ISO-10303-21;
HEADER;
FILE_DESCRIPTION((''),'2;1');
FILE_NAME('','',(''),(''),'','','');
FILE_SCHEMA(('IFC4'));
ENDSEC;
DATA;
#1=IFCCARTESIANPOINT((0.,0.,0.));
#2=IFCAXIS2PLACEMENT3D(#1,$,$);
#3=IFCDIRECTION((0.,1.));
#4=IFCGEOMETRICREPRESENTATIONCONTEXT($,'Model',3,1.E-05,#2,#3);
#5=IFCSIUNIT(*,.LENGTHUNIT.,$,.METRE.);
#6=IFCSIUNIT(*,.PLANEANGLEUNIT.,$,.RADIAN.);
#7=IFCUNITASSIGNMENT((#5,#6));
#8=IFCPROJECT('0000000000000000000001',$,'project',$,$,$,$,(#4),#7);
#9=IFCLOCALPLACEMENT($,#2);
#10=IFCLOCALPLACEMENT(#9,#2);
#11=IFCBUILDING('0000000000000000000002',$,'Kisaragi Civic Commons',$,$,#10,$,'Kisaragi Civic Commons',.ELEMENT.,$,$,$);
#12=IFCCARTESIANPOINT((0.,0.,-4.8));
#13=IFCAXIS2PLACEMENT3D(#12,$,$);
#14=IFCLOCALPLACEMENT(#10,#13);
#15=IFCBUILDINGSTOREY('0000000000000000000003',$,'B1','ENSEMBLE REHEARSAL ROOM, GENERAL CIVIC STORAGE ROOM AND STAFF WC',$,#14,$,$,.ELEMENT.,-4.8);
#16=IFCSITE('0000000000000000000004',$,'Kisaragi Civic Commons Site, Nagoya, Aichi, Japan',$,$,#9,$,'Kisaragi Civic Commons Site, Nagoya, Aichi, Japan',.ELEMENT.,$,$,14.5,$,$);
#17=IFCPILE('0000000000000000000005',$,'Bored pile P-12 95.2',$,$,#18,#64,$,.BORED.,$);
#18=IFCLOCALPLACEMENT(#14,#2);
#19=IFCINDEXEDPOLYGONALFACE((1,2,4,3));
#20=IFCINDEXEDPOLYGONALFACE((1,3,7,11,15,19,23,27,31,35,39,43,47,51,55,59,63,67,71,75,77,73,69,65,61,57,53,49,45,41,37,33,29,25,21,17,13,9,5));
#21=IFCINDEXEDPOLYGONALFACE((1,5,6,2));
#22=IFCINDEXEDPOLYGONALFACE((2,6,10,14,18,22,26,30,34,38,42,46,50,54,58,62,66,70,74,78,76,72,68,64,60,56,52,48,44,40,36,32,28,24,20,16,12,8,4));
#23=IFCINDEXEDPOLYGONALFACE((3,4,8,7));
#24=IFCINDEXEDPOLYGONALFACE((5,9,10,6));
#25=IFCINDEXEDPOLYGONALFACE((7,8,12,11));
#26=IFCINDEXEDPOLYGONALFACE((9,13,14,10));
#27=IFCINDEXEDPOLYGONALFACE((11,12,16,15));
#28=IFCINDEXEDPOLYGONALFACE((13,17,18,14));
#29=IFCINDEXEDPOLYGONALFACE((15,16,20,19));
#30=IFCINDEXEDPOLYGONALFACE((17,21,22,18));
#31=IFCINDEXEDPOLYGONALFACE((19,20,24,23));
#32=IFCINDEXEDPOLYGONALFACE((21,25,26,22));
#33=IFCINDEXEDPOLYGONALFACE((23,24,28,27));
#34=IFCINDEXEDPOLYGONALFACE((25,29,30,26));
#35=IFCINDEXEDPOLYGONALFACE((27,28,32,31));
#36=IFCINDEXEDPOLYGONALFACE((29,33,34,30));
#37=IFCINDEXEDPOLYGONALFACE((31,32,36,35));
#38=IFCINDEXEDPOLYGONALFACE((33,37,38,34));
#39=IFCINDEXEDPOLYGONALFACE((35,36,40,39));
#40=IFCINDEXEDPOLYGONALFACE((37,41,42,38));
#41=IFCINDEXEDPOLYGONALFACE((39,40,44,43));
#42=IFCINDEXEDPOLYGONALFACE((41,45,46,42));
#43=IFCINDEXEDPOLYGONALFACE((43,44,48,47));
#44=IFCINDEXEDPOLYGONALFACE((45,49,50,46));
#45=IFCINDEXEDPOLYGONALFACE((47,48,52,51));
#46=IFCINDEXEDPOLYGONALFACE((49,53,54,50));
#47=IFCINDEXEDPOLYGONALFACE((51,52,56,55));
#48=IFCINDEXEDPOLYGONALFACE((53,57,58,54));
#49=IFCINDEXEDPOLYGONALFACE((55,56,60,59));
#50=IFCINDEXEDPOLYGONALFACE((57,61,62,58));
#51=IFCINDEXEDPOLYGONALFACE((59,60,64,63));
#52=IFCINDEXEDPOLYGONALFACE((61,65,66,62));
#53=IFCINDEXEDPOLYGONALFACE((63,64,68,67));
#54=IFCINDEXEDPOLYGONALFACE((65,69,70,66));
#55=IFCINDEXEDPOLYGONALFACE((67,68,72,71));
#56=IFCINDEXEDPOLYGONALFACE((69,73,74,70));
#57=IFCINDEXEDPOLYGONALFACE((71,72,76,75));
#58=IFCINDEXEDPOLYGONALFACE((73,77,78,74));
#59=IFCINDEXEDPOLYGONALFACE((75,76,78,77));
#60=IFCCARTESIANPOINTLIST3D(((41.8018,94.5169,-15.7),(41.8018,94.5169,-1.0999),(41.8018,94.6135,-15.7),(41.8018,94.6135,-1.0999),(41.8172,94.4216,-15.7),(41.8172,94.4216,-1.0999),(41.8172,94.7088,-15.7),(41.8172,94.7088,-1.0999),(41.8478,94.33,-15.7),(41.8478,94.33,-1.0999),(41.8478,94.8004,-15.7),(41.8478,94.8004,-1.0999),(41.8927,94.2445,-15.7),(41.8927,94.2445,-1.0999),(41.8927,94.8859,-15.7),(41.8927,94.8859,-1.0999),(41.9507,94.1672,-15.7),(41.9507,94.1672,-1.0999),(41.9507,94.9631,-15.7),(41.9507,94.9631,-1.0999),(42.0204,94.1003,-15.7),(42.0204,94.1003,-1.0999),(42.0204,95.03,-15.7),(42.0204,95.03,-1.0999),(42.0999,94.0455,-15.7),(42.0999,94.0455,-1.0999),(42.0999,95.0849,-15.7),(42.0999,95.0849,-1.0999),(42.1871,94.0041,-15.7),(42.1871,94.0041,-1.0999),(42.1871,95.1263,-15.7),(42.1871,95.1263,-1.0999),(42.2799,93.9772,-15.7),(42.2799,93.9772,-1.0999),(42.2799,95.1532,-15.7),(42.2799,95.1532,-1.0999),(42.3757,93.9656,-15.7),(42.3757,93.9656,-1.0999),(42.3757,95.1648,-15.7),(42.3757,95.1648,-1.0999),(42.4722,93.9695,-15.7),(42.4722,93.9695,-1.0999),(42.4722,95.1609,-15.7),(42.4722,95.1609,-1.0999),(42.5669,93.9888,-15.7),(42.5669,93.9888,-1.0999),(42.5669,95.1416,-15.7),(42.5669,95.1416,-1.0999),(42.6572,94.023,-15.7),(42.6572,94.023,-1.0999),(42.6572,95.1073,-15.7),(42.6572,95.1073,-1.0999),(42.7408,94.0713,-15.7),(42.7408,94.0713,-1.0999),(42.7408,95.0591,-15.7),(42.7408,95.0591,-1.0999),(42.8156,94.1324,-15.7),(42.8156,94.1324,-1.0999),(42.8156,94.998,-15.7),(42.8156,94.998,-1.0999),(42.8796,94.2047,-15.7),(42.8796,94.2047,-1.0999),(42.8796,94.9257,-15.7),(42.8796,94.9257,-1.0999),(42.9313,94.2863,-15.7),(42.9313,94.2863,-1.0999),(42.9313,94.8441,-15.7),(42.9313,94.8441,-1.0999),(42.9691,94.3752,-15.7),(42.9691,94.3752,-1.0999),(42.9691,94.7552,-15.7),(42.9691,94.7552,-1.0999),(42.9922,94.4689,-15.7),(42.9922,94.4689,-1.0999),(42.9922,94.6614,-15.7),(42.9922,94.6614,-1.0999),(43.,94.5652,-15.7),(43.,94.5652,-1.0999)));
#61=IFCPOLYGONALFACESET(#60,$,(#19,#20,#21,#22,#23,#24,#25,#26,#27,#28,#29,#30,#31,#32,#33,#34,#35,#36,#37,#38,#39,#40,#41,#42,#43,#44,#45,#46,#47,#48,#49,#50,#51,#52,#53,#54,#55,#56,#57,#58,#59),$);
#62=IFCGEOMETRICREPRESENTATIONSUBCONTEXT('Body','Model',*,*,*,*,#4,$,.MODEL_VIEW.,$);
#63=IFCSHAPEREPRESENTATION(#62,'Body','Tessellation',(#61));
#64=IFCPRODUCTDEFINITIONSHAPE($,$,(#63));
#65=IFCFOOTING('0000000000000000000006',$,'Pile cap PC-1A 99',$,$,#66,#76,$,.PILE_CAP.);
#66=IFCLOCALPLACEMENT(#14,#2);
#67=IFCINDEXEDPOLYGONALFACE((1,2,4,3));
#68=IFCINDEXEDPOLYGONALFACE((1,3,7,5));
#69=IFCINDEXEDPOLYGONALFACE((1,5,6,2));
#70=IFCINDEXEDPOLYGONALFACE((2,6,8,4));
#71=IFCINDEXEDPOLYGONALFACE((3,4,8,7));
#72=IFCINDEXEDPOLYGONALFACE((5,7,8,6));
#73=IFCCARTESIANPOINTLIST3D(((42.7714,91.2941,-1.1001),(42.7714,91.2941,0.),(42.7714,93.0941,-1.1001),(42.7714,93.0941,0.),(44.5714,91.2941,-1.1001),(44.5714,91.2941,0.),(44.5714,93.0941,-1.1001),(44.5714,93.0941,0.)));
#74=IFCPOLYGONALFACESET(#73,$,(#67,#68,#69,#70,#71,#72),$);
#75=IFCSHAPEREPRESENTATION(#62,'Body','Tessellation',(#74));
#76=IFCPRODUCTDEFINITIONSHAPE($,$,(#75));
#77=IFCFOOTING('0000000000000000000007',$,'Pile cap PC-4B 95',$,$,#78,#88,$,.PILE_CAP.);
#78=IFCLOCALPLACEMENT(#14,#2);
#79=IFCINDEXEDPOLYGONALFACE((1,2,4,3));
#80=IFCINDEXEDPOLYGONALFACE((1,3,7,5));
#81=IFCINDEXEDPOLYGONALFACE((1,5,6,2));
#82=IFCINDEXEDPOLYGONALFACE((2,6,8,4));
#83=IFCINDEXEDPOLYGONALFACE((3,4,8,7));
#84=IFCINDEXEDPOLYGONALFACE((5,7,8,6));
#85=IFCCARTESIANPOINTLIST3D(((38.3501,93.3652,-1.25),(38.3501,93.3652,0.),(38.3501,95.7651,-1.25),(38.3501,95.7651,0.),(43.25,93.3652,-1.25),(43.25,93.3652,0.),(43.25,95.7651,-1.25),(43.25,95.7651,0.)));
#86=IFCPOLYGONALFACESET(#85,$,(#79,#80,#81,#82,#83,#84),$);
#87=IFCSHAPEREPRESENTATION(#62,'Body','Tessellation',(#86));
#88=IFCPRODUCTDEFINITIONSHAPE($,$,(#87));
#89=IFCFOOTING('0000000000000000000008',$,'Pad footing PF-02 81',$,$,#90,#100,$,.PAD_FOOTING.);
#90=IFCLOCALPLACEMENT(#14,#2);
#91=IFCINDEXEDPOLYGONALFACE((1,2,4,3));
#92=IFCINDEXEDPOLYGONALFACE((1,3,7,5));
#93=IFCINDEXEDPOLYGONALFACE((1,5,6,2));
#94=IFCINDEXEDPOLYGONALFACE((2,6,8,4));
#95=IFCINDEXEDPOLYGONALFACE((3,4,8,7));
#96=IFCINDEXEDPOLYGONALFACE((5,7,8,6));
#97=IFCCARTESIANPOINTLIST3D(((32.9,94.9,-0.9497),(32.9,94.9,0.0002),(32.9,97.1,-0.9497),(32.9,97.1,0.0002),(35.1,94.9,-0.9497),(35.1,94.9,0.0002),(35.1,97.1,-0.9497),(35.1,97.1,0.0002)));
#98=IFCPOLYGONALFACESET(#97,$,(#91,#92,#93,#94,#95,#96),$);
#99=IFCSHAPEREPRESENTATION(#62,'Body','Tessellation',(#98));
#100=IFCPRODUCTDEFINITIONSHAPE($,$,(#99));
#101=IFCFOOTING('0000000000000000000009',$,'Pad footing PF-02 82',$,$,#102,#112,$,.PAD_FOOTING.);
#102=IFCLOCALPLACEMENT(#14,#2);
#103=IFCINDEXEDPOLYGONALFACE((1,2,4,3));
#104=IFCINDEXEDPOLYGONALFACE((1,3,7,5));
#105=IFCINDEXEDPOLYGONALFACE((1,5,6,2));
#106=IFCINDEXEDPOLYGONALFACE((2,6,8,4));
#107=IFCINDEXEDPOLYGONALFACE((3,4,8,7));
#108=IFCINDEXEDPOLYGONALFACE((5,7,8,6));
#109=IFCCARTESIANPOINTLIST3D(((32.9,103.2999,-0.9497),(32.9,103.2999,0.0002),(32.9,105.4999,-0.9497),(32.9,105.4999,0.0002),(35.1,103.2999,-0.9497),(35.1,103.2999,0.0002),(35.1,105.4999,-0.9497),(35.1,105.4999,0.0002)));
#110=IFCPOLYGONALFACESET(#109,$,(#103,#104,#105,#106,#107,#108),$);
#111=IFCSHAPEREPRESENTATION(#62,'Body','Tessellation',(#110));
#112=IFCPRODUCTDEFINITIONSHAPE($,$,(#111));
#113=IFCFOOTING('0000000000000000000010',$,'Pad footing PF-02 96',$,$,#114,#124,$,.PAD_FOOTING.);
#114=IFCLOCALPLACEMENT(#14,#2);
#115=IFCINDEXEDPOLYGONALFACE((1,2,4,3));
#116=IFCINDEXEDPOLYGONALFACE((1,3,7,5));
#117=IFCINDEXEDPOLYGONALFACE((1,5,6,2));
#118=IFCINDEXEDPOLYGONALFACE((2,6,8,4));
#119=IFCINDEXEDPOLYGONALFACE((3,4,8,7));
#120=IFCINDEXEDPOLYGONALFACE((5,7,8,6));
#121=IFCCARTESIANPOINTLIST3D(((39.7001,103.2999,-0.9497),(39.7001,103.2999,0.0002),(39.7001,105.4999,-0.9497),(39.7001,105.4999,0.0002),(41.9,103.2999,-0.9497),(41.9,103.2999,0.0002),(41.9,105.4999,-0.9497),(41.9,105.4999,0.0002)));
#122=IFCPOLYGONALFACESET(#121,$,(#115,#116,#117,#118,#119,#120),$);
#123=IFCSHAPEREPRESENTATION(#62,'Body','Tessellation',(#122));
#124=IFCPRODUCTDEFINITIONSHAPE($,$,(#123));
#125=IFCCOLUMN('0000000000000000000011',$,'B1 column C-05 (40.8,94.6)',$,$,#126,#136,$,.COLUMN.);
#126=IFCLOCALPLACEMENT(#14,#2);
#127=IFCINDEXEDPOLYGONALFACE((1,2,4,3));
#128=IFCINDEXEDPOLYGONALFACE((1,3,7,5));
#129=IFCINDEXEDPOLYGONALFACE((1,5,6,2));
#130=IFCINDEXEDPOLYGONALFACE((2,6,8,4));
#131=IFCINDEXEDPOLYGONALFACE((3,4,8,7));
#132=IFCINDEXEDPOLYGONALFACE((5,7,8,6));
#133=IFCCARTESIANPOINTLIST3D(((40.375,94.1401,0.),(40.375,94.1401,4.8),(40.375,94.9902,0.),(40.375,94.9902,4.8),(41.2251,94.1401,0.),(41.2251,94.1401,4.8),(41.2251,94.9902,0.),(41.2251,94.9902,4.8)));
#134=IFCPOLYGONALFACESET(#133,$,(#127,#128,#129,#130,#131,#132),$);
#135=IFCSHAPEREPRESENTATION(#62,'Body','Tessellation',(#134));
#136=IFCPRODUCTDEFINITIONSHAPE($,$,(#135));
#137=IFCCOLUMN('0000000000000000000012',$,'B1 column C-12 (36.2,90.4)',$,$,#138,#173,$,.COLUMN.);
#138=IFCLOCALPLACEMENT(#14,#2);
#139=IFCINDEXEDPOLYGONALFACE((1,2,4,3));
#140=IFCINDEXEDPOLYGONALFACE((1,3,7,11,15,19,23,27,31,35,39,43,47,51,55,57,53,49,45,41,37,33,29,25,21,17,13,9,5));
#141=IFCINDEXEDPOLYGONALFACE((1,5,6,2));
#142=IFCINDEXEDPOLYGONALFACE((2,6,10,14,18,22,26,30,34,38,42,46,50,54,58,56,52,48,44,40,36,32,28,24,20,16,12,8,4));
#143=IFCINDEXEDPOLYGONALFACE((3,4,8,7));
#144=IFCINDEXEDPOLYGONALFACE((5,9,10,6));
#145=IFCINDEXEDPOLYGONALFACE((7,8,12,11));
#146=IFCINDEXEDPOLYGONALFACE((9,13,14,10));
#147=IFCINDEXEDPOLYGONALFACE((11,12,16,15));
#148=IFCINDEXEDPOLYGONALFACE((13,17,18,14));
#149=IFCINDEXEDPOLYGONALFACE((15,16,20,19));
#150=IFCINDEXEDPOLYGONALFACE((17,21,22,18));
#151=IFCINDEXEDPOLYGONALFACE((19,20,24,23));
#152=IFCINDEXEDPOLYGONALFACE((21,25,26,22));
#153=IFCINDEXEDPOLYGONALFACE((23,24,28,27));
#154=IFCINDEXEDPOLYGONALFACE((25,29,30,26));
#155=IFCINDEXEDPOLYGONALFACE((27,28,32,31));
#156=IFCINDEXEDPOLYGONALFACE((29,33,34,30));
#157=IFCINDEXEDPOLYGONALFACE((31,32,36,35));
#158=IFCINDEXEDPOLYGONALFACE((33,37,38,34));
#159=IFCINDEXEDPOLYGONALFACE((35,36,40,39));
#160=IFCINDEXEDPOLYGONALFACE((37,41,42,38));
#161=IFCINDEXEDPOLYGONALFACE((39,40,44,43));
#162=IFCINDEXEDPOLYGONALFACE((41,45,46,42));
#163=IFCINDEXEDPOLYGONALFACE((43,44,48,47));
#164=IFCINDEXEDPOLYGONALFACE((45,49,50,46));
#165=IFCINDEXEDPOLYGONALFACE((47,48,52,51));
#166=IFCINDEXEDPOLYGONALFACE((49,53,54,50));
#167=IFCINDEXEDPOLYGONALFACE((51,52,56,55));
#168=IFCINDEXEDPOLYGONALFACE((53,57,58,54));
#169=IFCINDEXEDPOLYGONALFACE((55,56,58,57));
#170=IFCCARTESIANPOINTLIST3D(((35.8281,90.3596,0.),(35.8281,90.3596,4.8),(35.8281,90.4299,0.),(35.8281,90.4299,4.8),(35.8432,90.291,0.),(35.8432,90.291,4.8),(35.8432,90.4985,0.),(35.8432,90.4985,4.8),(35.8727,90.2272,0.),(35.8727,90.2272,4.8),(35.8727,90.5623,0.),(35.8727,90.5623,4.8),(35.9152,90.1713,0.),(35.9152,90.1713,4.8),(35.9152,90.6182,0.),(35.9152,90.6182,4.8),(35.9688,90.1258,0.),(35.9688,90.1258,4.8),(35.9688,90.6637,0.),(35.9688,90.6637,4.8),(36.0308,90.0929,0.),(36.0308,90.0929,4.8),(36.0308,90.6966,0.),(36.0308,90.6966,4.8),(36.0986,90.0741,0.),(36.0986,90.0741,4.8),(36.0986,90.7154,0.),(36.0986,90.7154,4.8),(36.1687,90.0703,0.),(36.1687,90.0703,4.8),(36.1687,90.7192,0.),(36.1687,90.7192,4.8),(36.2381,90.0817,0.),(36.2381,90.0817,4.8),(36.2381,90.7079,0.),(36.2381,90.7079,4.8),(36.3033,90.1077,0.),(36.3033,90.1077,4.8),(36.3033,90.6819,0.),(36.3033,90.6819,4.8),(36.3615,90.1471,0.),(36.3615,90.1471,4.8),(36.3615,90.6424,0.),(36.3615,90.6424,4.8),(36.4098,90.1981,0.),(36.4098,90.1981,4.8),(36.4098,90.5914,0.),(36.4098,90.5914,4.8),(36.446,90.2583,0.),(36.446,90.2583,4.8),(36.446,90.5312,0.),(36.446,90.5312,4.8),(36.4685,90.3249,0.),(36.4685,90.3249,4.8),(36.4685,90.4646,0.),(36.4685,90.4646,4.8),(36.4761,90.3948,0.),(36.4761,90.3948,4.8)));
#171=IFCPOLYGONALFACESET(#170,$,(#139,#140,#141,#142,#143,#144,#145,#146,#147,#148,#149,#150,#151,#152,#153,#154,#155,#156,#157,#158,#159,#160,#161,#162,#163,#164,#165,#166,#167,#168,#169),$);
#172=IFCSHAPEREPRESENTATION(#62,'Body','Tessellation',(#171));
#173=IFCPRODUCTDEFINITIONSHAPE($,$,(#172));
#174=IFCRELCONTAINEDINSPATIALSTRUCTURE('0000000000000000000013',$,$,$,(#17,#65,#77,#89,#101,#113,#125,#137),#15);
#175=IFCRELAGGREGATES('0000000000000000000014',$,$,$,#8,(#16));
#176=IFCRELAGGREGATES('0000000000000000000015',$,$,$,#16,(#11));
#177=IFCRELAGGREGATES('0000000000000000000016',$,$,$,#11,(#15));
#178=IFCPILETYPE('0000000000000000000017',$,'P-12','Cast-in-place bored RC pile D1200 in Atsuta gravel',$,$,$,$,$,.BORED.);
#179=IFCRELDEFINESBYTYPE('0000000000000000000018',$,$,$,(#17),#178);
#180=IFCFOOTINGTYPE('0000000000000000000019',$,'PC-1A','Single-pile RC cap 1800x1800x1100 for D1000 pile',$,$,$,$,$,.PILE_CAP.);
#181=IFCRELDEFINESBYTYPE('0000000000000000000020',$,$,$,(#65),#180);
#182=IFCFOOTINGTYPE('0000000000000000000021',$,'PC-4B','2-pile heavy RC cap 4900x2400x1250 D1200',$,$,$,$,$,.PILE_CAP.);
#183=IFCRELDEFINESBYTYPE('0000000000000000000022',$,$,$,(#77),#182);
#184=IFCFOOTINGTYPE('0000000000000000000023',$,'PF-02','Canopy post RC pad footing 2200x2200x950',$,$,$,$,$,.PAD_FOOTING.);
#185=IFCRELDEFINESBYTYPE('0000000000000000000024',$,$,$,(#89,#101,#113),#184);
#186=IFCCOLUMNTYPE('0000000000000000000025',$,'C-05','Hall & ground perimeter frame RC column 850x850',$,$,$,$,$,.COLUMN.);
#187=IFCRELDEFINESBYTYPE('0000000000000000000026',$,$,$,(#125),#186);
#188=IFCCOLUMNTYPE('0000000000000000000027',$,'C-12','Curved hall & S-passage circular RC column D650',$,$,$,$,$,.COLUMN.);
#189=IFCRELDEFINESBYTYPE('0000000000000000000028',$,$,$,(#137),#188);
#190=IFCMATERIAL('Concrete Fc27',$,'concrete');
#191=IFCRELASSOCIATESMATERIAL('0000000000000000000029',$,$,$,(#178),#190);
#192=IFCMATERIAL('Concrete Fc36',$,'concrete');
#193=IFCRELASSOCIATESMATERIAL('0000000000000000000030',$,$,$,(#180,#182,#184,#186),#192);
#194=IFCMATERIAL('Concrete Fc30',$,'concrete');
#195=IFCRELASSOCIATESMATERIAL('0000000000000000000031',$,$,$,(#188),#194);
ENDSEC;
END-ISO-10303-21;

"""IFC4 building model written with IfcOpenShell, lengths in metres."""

from ifc_helpers import new_model, si_unit, direction, frame, origin, origin_2d, place, context, subcontext, project, spatial, rectangle, circle, extrude, material, material_profile, profile_set, type_object, element, save


model = new_model("IFC4")

# Units and contexts
model_context = context("Model", 3, precision=1e-05, world=origin(), true_north=direction((0.0, 1.0)))
body_context = subcontext(model_context, "Body", "Model", "MODEL_VIEW")
ifc_project = project(units=[si_unit("LENGTHUNIT", "METRE"), si_unit("PLANEANGLEUNIT", "RADIAN")], contexts=[model_context])

# Site, building, storey
site_placement = place(None, origin())
site = spatial("IfcSite", under=ifc_project, at=site_placement, Name="Kisaragi Civic Commons Site, Nagoya, Aichi, Japan", LongName="Kisaragi Civic Commons Site, Nagoya, Aichi, Japan", CompositionType="ELEMENT", RefElevation=14.5)
building_placement = place(site_placement, origin())
building = spatial("IfcBuilding", under=site, at=building_placement, Name="Kisaragi Civic Commons", LongName="Kisaragi Civic Commons", CompositionType="ELEMENT")
storey_placement = place(building_placement, frame((0.0, 0.0, -4.8)))
storey = spatial("IfcBuildingStorey", under=building, at=storey_placement, Name="B1", Description="ENSEMBLE REHEARSAL ROOM, GENERAL CIVIC STORAGE ROOM AND STAFF WC", CompositionType="ELEMENT", Elevation=-4.8)

# Shared definitions
ifc_material_1 = material(Name="Concrete Fc27", Category="concrete")

# Pile
ifc_material_profile_1 = material_profile(ifc_material_1, circle(Radius=0.6001, at=origin_2d()), Name="PILE-D1200", Category="concrete")
ifc_profile_set_1 = profile_set([ifc_material_profile_1], Name="Concrete Fc27")
pile_type_1 = type_object("IfcPileType", Name="P-12", Description="Cast-in-place bored RC pile D1200 in Atsuta gravel", PredefinedType="BORED", material=ifc_profile_set_1)
for number, where, z_axis, x_axis, name in (
    (1, (42.3999, 94.5652, -1.0999), (0.0, 0.0, -1.0), (1.0, 0.0, 0.0), "Bored pile P-12 95.2"),
):
    element("IfcPile", number, at=place(storey_placement, frame(where, z_axis=z_axis, x_axis=x_axis)), inside=storey, type_object=pile_type_1, Name=name, PredefinedType="BORED", context=body_context, shape_type="SweptSolid", body=[
        extrude(circle(Radius=0.6001, at=origin_2d()), origin(), (0.0, 0.0, 1.0), 14.6001),
    ])

# Footings
ifc_material_2 = material(Name="Concrete Fc36", Category="concrete")
footing_type_1 = type_object("IfcFootingType", Name="PC-1A", Description="Single-pile RC cap 1800x1800x1100 for D1000 pile", PredefinedType="PILE_CAP", material=ifc_material_2)
footing_1_placement = place(storey_placement, frame((43.6714, 92.1941, -1.1001), z_axis=(0.0, 0.0, 1.0), x_axis=(1.0, 0.0, 0.0)))
element("IfcFooting", 2, at=footing_1_placement, inside=storey, type_object=footing_type_1, Name="Pile cap PC-1A 99", PredefinedType="PILE_CAP", context=body_context, shape_type="SweptSolid", body=[
    extrude(rectangle(XDim=1.8, YDim=1.8, at=origin_2d()), origin(), (0.0, 0.0, 1.0), 1.1001),
])
footing_type_2 = type_object("IfcFootingType", Name="PC-4B", Description="2-pile heavy RC cap 4900x2400x1250 D1200", PredefinedType="PILE_CAP", material=ifc_material_2)
footing_2_placement = place(storey_placement, frame((40.8, 94.5652, -1.25), z_axis=(0.0, 0.0, 1.0), x_axis=(1.0, 0.0, 0.0)))
element("IfcFooting", 3, at=footing_2_placement, inside=storey, type_object=footing_type_2, Name="Pile cap PC-4B 95", PredefinedType="PILE_CAP", context=body_context, shape_type="SweptSolid", body=[
    extrude(rectangle(XDim=4.8999, YDim=2.3999, at=origin_2d()), origin(), (0.0, 0.0, 1.0), 1.25),
])
footing_type_3 = type_object("IfcFootingType", Name="PF-02", Description="Canopy post RC pad footing 2200x2200x950", PredefinedType="PAD_FOOTING", material=ifc_material_2)
for number, where, z_axis, x_axis, name in (
    (4, (34.0, 96.0, -0.9497), (0.0, 0.0, 1.0), (1.0, 0.0, 0.0), "Pad footing PF-02 81"),
    (5, (34.0, 104.3999, -0.9497), (0.0, 0.0, 1.0), (1.0, 0.0, 0.0), "Pad footing PF-02 82"),
    (6, (40.8, 104.3999, -0.9497), (0.0, 0.0, 1.0), (1.0, 0.0, 0.0), "Pad footing PF-02 96"),
):
    element("IfcFooting", number, at=place(storey_placement, frame(where, z_axis=z_axis, x_axis=x_axis)), inside=storey, type_object=footing_type_3, Name=name, PredefinedType="PAD_FOOTING", context=body_context, shape_type="SweptSolid", body=[
        extrude(rectangle(XDim=2.2, YDim=2.2, at=origin_2d()), origin(), (0.0, 0.0, 1.0), 0.95),
    ])

# Columns
ifc_material_profile_2 = material_profile(ifc_material_2, rectangle(XDim=0.8501, YDim=0.8501, at=origin_2d()), Name="RC-850x850", Category="concrete")
ifc_profile_set_2 = profile_set([ifc_material_profile_2], Name="Concrete Fc36")
column_type_1 = type_object("IfcColumnType", Name="C-05", Description="Hall & ground perimeter frame RC column 850x850", PredefinedType="COLUMN", material=ifc_profile_set_2)
column_1_placement = place(storey_placement, frame((40.8, 94.5652, 0.0), z_axis=(0.0, 0.0, 1.0), x_axis=(1.0, 0.0, 0.0)))
element("IfcColumn", 7, at=column_1_placement, inside=storey, type_object=column_type_1, Name="B1 column C-05 (40.8,94.6)", PredefinedType="COLUMN", context=body_context, shape_type="SweptSolid", body=[
    extrude(rectangle(XDim=0.8501, YDim=0.8501, at=origin_2d()), origin(), (0.0, 0.0, 1.0), 4.8),
])
ifc_material_3 = material(Name="Concrete Fc30", Category="concrete")
ifc_material_profile_3 = material_profile(ifc_material_3, circle(Radius=0.325, at=origin_2d()), Name="RC-D650", Category="concrete")
ifc_profile_set_3 = profile_set([ifc_material_profile_3], Name="Concrete Fc30")
column_type_2 = type_object("IfcColumnType", Name="C-12", Description="Curved hall & S-passage circular RC column D650", PredefinedType="COLUMN", material=ifc_profile_set_3)
column_2_placement = place(storey_placement, frame((36.1511, 90.3948, 0.0), z_axis=(0.0, 0.0, 1.0), x_axis=(1.0, 0.0, 0.0)))
element("IfcColumn", 8, at=column_2_placement, inside=storey, type_object=column_type_2, Name="B1 column C-12 (36.2,90.4)", PredefinedType="COLUMN", context=body_context, shape_type="SweptSolid", body=[
    extrude(circle(Radius=0.325, at=origin_2d()), origin(), (0.0, 0.0, 1.0), 4.8),
])

save(model, "model.ifc")
